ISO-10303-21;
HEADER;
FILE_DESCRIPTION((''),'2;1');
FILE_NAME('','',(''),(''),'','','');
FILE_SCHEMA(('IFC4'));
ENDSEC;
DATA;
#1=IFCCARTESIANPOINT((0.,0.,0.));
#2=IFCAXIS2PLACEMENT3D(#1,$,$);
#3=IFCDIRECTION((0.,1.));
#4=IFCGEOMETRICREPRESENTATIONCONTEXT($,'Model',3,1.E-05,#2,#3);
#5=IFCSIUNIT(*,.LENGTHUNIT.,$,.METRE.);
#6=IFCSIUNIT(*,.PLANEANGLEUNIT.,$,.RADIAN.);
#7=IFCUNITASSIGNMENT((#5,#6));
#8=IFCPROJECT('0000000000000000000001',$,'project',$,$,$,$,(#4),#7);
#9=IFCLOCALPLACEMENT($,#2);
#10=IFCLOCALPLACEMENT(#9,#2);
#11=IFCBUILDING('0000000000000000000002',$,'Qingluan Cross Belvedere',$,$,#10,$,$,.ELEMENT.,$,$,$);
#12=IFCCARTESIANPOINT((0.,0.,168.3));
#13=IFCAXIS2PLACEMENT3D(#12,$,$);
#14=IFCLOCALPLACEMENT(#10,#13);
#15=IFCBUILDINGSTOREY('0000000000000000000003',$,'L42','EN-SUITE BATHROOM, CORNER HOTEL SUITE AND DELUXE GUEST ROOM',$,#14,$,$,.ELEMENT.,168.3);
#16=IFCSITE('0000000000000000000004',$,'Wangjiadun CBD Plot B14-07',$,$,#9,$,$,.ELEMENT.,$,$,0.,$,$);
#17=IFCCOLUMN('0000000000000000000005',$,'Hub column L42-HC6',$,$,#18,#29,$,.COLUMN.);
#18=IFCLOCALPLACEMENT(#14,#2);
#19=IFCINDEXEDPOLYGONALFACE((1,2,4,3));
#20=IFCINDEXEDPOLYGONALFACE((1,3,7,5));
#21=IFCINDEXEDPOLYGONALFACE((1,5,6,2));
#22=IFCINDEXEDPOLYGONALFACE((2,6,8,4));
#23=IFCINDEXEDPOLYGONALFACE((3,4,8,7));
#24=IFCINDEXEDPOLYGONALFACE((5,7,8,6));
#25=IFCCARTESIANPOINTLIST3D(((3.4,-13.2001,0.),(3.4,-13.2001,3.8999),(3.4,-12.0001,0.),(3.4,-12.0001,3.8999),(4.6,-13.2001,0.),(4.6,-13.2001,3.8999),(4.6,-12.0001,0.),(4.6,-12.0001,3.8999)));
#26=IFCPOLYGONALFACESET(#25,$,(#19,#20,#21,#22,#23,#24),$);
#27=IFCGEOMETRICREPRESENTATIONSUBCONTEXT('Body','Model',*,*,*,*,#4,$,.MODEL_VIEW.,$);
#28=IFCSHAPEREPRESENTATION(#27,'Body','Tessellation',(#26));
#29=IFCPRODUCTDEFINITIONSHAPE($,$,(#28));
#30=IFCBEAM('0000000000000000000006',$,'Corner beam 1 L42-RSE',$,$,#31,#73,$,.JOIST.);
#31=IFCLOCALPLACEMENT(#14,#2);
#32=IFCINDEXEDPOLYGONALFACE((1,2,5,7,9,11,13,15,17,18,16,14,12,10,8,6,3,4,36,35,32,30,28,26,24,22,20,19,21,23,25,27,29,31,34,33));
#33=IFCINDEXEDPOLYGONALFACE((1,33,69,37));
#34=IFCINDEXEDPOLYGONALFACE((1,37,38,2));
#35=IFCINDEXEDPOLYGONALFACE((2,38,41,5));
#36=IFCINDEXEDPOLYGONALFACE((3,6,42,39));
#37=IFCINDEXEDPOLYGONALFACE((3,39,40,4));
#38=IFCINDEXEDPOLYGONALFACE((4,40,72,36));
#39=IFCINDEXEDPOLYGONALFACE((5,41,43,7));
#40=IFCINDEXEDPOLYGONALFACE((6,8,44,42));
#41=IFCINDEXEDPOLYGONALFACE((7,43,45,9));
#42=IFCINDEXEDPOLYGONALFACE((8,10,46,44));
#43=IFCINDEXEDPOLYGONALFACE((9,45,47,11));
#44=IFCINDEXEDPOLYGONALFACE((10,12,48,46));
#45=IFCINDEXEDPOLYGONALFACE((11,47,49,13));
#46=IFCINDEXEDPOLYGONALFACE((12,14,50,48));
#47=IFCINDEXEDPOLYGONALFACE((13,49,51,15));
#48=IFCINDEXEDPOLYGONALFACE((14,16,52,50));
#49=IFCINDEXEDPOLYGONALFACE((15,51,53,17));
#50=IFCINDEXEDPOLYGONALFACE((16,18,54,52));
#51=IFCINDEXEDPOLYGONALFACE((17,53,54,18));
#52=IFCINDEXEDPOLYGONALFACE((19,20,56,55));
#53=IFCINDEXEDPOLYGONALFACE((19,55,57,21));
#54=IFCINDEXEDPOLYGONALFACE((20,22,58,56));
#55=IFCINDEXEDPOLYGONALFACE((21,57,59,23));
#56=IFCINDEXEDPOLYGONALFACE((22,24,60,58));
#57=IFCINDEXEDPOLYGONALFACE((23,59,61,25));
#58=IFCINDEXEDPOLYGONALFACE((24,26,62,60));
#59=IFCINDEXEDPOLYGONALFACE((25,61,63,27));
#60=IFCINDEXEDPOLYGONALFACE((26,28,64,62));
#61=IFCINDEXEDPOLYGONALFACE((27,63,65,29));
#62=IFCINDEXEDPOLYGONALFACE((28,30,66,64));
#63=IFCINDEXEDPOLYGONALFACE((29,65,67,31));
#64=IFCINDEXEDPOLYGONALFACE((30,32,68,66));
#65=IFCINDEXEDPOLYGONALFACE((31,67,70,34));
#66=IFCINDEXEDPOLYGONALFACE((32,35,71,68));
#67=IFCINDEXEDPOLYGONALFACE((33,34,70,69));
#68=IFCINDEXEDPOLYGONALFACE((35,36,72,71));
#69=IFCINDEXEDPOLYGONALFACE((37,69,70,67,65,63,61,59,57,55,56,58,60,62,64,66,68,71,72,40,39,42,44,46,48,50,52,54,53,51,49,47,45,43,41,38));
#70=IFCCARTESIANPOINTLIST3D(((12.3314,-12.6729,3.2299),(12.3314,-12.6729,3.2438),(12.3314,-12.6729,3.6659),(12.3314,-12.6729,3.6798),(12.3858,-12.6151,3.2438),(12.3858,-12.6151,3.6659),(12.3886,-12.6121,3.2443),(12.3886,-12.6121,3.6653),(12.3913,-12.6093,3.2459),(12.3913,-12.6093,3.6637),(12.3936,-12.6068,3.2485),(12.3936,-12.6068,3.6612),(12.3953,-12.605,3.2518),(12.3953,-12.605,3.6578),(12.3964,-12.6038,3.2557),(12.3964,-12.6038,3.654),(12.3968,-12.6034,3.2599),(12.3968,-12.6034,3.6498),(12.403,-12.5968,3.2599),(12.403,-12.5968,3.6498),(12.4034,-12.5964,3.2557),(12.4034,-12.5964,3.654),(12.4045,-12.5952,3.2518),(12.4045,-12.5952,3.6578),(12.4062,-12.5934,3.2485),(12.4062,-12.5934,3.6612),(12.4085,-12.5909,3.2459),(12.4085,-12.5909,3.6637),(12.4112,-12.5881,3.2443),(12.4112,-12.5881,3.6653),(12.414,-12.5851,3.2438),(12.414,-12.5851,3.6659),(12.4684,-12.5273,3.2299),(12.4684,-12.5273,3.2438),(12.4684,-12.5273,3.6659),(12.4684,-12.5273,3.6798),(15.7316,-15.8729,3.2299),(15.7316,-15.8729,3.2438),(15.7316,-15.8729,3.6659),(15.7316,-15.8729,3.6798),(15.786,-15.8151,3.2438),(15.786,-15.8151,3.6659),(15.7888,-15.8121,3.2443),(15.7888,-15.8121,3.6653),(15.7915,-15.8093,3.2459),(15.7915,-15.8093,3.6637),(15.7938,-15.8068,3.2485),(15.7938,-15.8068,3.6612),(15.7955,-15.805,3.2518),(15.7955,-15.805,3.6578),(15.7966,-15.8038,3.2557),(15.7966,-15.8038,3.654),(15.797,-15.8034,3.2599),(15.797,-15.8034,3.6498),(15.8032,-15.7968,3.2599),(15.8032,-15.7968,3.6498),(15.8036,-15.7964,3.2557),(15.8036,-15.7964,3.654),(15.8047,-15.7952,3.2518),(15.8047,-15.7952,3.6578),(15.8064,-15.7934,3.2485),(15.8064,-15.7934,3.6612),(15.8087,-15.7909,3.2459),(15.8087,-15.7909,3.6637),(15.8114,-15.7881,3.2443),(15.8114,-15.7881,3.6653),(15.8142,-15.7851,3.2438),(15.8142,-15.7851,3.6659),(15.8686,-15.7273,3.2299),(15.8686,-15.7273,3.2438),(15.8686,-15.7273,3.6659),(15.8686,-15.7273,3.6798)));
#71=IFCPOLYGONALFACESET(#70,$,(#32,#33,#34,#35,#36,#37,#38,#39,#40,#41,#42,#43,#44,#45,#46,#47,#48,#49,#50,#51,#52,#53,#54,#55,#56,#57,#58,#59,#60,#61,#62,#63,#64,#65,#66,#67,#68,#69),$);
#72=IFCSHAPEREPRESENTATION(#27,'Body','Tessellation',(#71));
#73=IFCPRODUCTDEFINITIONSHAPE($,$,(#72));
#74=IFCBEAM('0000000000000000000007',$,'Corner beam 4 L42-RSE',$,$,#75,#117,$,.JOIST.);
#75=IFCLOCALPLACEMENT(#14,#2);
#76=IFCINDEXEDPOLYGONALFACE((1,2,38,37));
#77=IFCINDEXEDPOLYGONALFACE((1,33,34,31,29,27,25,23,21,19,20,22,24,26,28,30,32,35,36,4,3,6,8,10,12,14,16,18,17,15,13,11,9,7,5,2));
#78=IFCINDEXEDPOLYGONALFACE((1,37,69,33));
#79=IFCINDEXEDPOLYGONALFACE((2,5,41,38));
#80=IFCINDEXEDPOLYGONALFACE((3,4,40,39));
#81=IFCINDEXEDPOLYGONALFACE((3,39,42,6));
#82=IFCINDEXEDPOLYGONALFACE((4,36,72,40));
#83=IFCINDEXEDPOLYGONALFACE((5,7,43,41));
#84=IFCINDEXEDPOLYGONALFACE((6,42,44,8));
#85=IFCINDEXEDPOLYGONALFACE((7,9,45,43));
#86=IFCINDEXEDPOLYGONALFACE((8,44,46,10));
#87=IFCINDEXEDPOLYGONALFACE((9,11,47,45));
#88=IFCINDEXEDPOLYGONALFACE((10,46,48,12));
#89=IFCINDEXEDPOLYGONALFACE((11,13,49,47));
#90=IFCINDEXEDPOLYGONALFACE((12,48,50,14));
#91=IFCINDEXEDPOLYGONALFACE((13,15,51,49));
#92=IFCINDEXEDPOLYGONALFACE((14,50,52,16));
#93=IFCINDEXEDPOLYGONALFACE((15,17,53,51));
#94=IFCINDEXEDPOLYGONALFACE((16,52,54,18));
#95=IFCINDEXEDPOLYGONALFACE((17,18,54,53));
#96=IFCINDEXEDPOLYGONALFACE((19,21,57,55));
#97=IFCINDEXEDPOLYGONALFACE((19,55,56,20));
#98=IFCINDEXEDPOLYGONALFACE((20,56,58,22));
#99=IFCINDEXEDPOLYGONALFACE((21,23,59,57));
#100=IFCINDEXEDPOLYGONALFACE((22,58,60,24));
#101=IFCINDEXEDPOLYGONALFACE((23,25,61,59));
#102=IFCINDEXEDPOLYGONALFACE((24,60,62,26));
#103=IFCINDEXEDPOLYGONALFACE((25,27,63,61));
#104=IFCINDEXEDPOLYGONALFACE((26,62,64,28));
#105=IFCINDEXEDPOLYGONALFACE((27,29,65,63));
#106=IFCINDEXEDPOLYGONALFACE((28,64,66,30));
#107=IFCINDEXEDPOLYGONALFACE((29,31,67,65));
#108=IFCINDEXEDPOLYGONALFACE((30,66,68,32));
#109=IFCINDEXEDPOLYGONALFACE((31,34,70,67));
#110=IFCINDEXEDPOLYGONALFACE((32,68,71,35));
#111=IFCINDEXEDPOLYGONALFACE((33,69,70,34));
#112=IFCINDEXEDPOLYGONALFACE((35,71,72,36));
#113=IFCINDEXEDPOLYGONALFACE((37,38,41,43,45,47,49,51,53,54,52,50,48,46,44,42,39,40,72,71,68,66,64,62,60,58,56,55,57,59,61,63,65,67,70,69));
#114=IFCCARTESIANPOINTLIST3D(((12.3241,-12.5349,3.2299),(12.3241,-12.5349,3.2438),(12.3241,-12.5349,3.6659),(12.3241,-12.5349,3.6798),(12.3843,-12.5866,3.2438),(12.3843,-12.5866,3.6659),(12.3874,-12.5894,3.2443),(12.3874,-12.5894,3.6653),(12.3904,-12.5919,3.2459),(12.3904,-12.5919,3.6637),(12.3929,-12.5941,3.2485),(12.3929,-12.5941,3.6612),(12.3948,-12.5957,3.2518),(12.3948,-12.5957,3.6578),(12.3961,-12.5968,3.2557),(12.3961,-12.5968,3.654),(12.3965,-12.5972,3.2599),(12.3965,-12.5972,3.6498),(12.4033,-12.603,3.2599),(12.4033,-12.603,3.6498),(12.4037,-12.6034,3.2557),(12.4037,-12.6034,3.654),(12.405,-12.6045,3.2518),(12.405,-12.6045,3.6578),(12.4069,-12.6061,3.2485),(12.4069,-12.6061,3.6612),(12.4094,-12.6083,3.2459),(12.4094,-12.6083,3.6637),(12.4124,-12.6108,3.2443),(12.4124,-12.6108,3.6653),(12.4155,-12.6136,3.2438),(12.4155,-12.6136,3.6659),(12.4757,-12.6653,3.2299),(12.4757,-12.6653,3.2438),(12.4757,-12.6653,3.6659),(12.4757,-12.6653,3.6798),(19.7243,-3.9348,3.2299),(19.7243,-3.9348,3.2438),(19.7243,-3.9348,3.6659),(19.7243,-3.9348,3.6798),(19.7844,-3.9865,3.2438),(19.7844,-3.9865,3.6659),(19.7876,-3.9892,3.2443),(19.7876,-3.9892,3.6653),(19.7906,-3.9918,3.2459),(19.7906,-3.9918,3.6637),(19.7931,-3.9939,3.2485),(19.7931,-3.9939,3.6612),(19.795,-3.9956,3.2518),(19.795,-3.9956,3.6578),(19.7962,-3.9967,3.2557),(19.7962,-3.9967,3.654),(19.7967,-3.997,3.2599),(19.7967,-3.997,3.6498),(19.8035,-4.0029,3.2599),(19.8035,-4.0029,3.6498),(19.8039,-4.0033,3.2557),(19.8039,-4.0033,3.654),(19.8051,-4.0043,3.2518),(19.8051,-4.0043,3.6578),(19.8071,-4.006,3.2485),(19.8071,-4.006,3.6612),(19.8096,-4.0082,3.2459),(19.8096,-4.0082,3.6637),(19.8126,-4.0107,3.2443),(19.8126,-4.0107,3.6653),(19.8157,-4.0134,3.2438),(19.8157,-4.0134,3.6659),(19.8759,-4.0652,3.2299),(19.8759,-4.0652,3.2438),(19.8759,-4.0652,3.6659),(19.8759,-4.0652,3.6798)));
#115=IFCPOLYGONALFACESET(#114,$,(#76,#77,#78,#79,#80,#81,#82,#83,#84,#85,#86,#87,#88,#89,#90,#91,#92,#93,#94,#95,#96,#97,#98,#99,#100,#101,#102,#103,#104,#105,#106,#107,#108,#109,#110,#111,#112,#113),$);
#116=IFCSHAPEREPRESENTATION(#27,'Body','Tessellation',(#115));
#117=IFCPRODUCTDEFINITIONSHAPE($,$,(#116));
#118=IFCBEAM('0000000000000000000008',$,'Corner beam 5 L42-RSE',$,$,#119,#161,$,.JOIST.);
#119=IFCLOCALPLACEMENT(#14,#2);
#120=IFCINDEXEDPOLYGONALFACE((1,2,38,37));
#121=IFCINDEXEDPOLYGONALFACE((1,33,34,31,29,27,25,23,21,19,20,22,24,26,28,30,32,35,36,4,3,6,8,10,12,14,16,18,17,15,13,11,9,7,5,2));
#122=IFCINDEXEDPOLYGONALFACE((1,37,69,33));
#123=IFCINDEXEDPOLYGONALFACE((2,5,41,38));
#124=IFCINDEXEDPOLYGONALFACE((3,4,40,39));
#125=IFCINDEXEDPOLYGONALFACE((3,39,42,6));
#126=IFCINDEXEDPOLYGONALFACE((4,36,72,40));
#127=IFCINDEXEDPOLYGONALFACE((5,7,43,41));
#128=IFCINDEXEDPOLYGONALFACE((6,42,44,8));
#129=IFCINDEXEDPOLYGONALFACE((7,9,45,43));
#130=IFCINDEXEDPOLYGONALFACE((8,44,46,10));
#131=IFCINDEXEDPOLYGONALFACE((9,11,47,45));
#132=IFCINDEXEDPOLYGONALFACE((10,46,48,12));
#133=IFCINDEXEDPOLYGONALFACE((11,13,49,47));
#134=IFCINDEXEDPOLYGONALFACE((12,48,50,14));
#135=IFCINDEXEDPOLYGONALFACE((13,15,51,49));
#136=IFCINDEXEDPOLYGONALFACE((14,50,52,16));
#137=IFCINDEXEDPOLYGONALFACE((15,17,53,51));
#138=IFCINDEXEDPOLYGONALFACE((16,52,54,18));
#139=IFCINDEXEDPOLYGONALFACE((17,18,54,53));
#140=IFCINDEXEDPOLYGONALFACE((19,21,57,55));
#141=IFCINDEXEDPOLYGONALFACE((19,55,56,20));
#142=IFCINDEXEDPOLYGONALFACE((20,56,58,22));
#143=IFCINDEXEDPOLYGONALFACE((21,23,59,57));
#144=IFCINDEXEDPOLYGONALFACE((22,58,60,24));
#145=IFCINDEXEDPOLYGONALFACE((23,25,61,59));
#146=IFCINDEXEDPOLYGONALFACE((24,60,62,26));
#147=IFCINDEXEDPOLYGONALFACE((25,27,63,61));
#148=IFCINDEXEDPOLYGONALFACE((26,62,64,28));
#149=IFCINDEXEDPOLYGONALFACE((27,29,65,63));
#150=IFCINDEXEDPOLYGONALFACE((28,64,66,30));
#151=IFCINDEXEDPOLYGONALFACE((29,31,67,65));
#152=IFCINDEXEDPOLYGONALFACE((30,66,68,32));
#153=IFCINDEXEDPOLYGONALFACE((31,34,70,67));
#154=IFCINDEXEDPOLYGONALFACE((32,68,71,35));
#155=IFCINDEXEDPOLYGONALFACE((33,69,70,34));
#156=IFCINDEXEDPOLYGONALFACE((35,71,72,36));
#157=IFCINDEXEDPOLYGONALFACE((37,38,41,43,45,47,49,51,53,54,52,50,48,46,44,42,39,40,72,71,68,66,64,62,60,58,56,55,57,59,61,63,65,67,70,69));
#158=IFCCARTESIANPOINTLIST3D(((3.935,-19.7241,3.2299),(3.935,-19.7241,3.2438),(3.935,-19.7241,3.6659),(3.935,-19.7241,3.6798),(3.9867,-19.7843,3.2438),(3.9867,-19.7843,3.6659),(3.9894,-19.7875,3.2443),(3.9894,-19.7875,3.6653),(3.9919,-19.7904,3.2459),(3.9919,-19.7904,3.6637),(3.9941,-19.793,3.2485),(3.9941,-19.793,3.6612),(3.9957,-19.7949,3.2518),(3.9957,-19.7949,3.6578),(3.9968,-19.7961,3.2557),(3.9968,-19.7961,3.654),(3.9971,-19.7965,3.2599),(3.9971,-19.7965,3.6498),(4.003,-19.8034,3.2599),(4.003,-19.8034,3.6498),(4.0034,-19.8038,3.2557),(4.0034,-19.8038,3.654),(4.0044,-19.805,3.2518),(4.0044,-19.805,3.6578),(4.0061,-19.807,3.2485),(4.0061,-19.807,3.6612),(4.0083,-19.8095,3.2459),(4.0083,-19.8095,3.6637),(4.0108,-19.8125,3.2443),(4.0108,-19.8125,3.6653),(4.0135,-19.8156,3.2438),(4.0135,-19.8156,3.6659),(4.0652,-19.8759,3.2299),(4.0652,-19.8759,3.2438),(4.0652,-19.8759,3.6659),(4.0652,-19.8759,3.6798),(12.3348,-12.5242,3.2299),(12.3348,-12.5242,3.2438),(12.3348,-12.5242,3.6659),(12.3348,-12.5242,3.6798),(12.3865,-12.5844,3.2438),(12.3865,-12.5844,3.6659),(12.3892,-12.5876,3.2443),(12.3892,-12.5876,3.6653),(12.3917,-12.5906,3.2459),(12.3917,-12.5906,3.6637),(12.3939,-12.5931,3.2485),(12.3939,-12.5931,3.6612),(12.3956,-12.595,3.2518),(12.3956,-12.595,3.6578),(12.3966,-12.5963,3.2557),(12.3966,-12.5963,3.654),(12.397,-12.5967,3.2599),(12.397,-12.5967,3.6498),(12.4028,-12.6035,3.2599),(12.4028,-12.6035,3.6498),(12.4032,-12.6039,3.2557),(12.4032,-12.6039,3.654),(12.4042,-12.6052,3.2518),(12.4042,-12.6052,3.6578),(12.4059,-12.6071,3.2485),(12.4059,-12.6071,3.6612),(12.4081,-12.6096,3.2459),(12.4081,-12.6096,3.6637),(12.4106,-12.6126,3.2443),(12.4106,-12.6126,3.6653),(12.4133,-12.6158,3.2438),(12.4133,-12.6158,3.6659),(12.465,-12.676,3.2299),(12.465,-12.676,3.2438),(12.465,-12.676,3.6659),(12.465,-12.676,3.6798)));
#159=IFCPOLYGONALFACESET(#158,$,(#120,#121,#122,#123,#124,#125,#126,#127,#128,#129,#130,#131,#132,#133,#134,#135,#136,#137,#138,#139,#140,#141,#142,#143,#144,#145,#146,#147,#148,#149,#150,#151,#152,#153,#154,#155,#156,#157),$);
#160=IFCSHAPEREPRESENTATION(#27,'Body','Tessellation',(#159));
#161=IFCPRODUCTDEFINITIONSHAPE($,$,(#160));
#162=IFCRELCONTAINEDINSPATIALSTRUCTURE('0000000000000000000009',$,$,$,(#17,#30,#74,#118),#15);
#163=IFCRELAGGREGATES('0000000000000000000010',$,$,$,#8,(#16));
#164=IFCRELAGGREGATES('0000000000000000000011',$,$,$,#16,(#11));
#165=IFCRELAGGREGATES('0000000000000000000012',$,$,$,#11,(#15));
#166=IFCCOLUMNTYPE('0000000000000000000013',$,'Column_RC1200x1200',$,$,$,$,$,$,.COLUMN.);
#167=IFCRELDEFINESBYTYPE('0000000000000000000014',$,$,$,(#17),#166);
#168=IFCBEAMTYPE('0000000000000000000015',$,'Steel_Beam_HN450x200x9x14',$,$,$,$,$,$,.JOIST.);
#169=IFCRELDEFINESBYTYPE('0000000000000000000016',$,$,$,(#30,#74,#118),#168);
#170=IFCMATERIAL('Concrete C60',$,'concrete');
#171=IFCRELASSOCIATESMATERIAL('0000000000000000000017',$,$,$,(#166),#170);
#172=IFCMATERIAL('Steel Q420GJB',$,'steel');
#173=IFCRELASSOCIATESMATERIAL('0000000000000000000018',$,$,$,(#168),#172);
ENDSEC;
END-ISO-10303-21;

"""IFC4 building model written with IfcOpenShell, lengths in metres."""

from ifc_helpers import new_model, si_unit, direction, frame, origin, origin_2d, place, context, subcontext, project, spatial, rectangle, i_section, extrude, material, material_profile, profile_set, type_object, element, save


model = new_model("IFC4")

# Units and contexts
model_context = context("Model", 3, precision=1e-05, world=origin(), true_north=direction((0.0, 1.0)))
body_context = subcontext(model_context, "Body", "Model", "MODEL_VIEW")
ifc_project = project(units=[si_unit("LENGTHUNIT", "METRE"), si_unit("PLANEANGLEUNIT", "RADIAN")], contexts=[model_context])

# Site, building, storey
site_placement = place(None, origin())
site = spatial("IfcSite", under=ifc_project, at=site_placement, Name="Wangjiadun CBD Plot B14-07", CompositionType="ELEMENT", RefElevation=0.0)
building_placement = place(site_placement, origin())
building = spatial("IfcBuilding", under=site, at=building_placement, Name="Qingluan Cross Belvedere", CompositionType="ELEMENT")
storey_placement = place(building_placement, frame((0.0, 0.0, 168.3)))
storey = spatial("IfcBuildingStorey", under=building, at=storey_placement, Name="L42", Description="EN-SUITE BATHROOM, CORNER HOTEL SUITE AND DELUXE GUEST ROOM", CompositionType="ELEMENT", Elevation=168.3)

# Column
ifc_material_1 = material(Name="Concrete C60", Category="concrete")
ifc_material_profile_1 = material_profile(ifc_material_1, rectangle(XDim=1.2, YDim=1.2, at=origin_2d()), Name="RC1200x1200")
ifc_profile_set_1 = profile_set([ifc_material_profile_1], Name="Concrete C60")
column_type = type_object("IfcColumnType", Name="Column_RC1200x1200", PredefinedType="COLUMN", material=ifc_profile_set_1)
column_placement = place(storey_placement, frame((4.0, -12.6001, 0.0), z_axis=(0.0, 0.0, 1.0), x_axis=(1.0, 0.0, 0.0)))
element("IfcColumn", 1, at=column_placement, inside=storey, type_object=column_type, Name="Hub column L42-HC6", PredefinedType="COLUMN", context=body_context, shape_type="SweptSolid", body=[
    extrude(rectangle(XDim=1.2, YDim=1.2, at=origin_2d()), origin(), (0.0, 0.0, 1.0), 3.8999),
])

# Beams
ifc_material_2 = material(Name="Steel Q420GJB", Category="steel")
ifc_material_profile_2 = material_profile(ifc_material_2, i_section(OverallWidth=0.2, OverallDepth=0.45, WebThickness=0.009, FlangeThickness=0.0139, FilletRadius=0.0161, at=origin_2d()), Name="HN450x200x9x14")
ifc_profile_set_2 = profile_set([ifc_material_profile_2], Name="Steel Q420GJB")
beam_type_1 = type_object("IfcBeamType", Name="Steel_Beam_HN450x200x9x14", PredefinedType="JOIST", material=ifc_profile_set_2)
beam_1_placement = place(storey_placement, frame((12.3999, -12.6001, 3.4548), z_axis=(0.72822, -0.685343, 0.0), x_axis=(0.685343, 0.72822, 0.0)))
element("IfcBeam", 2, at=beam_1_placement, inside=storey, type_object=beam_type_1, Name="Corner beam 1 L42-RSE", PredefinedType="JOIST", context=body_context, shape_type="SweptSolid", body=[
    extrude(i_section(OverallWidth=0.2, OverallDepth=0.45, WebThickness=0.009, FlangeThickness=0.0139, FilletRadius=0.0161, at=origin_2d()), origin(), (0.0, 0.0, 1.0), 4.6692),
])
beam_2_placement = place(storey_placement, frame((12.3999, -12.6001, 3.4548), z_axis=(0.652245, 0.758008, 0.0), x_axis=(-0.758008, 0.652245, 0.0)))
element("IfcBeam", 3, at=beam_2_placement, inside=storey, type_object=beam_type_1, Name="Corner beam 4 L42-RSE", PredefinedType="JOIST", context=body_context, shape_type="SweptSolid", body=[
    extrude(i_section(OverallWidth=0.2, OverallDepth=0.45, WebThickness=0.009, FlangeThickness=0.0139, FilletRadius=0.0161, at=origin_2d()), origin(), (0.0, 0.0, 1.0), 11.3457),
])
beam_3_placement = place(storey_placement, frame((12.3999, -12.6001, 3.4548), z_axis=(-0.759255, -0.650793, 0.0), x_axis=(0.650793, -0.759255, 0.0)))
element("IfcBeam", 4, at=beam_3_placement, inside=storey, type_object=beam_type_1, Name="Corner beam 5 L42-RSE", PredefinedType="JOIST", context=body_context, shape_type="SweptSolid", body=[
    extrude(i_section(OverallWidth=0.2, OverallDepth=0.45, WebThickness=0.009, FlangeThickness=0.0139, FilletRadius=0.0161, at=origin_2d()), origin(), (0.0, 0.0, 1.0), 11.0632),
])

save(model, "model.ifc")
